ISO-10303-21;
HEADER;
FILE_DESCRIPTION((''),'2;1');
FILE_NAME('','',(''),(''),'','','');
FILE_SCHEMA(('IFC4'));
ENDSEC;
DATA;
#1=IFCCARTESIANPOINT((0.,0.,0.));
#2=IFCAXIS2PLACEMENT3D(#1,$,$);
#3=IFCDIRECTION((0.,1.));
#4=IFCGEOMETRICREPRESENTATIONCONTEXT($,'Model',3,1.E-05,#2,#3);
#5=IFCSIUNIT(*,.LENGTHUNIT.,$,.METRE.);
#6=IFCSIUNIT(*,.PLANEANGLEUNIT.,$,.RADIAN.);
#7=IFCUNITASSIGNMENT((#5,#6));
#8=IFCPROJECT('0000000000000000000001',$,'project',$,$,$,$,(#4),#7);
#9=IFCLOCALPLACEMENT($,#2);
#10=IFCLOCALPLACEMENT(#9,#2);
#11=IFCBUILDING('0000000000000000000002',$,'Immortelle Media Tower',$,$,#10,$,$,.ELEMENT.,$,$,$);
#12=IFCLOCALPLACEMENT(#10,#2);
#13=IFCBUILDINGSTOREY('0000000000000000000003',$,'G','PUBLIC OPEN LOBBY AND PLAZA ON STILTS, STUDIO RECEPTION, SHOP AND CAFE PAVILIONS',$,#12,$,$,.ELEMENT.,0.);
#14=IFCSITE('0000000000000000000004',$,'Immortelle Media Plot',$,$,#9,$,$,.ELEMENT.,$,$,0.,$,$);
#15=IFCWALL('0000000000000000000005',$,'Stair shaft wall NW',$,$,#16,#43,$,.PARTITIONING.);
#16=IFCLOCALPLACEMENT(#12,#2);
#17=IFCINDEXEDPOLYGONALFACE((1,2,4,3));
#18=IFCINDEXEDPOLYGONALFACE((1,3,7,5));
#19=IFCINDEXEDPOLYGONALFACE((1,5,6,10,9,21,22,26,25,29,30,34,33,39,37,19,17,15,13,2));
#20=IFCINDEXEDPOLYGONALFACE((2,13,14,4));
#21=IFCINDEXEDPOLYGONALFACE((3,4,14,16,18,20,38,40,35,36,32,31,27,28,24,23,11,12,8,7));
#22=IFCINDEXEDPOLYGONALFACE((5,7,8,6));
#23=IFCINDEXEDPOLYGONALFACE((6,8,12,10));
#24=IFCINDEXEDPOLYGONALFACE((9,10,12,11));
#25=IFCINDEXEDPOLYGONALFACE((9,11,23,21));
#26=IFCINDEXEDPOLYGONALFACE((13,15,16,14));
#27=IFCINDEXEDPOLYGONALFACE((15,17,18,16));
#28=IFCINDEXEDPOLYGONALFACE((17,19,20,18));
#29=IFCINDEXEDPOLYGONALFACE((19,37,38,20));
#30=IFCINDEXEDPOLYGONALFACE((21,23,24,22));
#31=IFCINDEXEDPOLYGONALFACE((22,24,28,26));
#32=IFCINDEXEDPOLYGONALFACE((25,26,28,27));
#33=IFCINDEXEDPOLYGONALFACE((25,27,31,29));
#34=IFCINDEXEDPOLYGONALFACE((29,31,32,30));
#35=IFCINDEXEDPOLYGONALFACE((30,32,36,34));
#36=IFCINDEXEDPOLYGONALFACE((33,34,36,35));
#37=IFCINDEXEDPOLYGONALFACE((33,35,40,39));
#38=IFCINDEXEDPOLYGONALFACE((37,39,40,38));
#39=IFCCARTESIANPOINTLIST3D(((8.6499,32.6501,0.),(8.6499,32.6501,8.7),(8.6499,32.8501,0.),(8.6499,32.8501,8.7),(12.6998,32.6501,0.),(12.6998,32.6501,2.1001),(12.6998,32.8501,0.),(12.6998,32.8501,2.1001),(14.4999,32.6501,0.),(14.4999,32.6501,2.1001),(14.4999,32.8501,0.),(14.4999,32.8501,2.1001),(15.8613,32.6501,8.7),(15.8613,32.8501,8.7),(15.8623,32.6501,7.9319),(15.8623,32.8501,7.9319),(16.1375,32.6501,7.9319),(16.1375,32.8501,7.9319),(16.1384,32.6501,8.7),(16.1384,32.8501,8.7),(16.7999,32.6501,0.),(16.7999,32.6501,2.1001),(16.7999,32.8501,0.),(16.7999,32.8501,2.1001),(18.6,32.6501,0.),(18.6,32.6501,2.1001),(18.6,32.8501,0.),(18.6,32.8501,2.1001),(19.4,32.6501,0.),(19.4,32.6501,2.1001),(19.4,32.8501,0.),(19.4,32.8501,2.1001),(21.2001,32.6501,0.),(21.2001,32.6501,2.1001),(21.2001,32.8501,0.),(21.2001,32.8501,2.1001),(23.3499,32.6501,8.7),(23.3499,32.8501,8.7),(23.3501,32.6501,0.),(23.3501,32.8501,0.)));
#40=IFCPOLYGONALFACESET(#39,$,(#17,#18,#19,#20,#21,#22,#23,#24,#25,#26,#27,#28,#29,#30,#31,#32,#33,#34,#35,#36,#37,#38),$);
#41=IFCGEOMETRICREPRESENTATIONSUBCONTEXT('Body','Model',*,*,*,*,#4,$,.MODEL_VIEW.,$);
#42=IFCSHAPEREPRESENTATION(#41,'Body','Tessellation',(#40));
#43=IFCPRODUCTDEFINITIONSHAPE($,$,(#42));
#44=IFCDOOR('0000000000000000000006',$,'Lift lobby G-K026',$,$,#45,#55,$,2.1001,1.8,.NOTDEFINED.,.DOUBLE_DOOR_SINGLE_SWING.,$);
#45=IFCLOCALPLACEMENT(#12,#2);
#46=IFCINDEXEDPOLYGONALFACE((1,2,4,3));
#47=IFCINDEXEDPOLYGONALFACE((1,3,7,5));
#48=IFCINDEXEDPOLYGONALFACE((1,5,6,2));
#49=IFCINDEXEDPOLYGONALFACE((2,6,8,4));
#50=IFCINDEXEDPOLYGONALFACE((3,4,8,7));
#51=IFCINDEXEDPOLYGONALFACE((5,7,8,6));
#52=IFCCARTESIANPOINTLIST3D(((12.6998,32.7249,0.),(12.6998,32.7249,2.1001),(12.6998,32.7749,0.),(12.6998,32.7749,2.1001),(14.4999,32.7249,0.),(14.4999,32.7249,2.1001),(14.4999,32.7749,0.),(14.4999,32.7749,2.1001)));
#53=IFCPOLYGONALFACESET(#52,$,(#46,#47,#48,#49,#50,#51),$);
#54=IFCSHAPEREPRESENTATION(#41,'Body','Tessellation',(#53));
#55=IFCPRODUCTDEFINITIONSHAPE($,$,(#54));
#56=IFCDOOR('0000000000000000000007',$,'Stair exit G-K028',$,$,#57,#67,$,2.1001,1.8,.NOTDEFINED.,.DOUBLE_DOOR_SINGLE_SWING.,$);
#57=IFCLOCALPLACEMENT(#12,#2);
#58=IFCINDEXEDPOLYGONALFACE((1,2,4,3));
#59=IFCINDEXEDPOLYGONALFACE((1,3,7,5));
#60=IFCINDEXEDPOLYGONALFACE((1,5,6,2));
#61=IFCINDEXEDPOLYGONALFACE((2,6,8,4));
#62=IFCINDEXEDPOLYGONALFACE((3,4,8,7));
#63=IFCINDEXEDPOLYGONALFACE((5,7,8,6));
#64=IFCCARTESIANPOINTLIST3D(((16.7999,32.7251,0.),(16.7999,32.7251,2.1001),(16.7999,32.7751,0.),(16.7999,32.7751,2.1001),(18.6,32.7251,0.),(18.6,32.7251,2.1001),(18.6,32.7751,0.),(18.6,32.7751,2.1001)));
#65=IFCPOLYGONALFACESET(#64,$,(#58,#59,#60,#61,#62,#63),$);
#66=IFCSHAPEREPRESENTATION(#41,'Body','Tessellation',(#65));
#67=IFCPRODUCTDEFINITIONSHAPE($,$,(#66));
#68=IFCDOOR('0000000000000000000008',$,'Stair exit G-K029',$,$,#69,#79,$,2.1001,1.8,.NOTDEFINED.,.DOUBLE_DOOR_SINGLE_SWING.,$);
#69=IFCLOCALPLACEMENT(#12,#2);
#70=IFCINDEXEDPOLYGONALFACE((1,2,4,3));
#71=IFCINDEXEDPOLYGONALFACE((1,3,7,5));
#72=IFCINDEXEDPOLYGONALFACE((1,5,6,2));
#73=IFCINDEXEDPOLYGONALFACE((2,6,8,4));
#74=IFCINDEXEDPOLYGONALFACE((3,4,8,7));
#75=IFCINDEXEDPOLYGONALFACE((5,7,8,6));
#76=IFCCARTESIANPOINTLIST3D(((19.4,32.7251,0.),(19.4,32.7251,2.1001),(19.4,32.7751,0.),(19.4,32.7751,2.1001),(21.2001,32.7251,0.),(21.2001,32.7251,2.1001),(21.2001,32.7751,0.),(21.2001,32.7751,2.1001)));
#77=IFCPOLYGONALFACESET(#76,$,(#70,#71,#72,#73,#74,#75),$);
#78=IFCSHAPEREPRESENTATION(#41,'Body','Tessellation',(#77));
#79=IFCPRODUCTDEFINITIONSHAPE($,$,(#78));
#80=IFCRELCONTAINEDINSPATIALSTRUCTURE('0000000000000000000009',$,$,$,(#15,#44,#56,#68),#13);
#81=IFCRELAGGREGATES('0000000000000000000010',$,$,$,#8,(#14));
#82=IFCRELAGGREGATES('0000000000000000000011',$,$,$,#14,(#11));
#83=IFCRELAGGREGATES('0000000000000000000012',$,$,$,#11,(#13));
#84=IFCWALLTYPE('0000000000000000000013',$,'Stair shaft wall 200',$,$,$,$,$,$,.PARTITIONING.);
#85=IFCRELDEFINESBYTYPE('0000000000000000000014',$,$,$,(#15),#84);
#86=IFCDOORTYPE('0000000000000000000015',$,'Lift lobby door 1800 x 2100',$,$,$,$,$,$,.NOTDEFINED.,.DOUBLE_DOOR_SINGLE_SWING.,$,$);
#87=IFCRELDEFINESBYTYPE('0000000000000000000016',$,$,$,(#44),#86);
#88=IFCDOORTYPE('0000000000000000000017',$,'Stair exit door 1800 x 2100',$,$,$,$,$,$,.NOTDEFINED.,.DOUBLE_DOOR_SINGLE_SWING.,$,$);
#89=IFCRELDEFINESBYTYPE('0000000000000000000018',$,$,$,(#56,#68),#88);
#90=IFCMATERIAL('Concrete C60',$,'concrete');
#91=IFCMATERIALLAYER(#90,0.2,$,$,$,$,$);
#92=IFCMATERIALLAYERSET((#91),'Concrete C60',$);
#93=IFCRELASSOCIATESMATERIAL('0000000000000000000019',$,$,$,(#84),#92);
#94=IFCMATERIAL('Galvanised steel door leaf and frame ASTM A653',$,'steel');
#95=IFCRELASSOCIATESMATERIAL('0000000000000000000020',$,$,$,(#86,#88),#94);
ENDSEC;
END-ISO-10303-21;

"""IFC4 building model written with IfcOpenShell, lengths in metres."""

from ifc_helpers import new_model, si_unit, direction, frame, frame_2d, origin, place, context, subcontext, project, spatial, polyline, rectangle, outline, extrude, material, layer, layer_set, type_object, element, fill, save


model = new_model("IFC4")

# Units and contexts
model_context = context("Model", 3, precision=1e-05, world=origin(), true_north=direction((0.0, 1.0)))
body_context = subcontext(model_context, "Body", "Model", "MODEL_VIEW")
ifc_project = project(units=[si_unit("LENGTHUNIT", "METRE"), si_unit("PLANEANGLEUNIT", "RADIAN")], contexts=[model_context])

# Site, building, storey
site_placement = place(None, origin())
site = spatial("IfcSite", under=ifc_project, at=site_placement, Name="Immortelle Media Plot", CompositionType="ELEMENT", RefElevation=0.0)
building_placement = place(site_placement, origin())
building = spatial("IfcBuilding", under=site, at=building_placement, Name="Immortelle Media Tower", CompositionType="ELEMENT")
storey_placement = place(building_placement, origin())
storey = spatial("IfcBuildingStorey", under=building, at=storey_placement, Name="G", Description="PUBLIC OPEN LOBBY AND PLAZA ON STILTS, STUDIO RECEPTION, SHOP AND CAFE PAVILIONS", CompositionType="ELEMENT", Elevation=0.0)

# Shared definitions
ifc_material_1 = material(Name="Galvanised steel door leaf and frame ASTM A653", Category="steel")

# Wall, openings, doors
ifc_material_2 = material(Name="Concrete C60", Category="concrete")
ifc_layer_1 = layer(ifc_material_2, 0.2)
ifc_layer_set_1 = layer_set([ifc_layer_1], Name="Concrete C60")
wall_type_1 = type_object("IfcWallType", Name="Stair shaft wall 200", PredefinedType="PARTITIONING", material=ifc_layer_set_1)
wall_1_placement = place(storey_placement, frame((8.6499, 32.75, 0.0), z_axis=(0.0, 0.0, 1.0), x_axis=(1.0, 0.0, 0.0)))
wall_1 = element("IfcWall", 1, at=wall_1_placement, inside=storey, type_object=wall_type_1, Name="Stair shaft wall NW", PredefinedType="PARTITIONING", context=body_context, shape_type="SweptSolid", body=[
    extrude(outline(polyline([(0.0, 0.0), (14.7002, 0.0), (14.7, 8.7), (7.4885, 8.7), (7.4875, 7.9319), (7.2124, 7.9319), (7.2114, 8.7), (0.0, 8.7), (0.0, 0.0)])), frame((0.0, 0.1001, 0.0), z_axis=(0.0, -1.0, 0.0), x_axis=(1.0, 0.0, 0.0)), (0.0, 0.0, 1.0), 0.2),
])
opening_1_placement = place(wall_1_placement, frame((4.05, 0.0, 0.0)))
opening_1 = element("IfcOpeningElement", 2, at=opening_1_placement, cuts=wall_1, PredefinedType="OPENING", context=body_context, shape_type="SweptSolid", body=[
    extrude(rectangle(XDim=1.8, YDim=2.1001, at=frame_2d((0.8999, 1.05))), frame((0.0, 0.1099, 0.0), z_axis=(0.0, -1.0, 0.0), x_axis=(1.0, 0.0, 0.0)), (0.0, 0.0, 1.0), 0.22),
])
opening_2_placement = place(wall_1_placement, frame((9.95, 0.0, 0.0), z_axis=(0.0, 0.0, 1.0), x_axis=(-1.0, 0.0, 0.0)))
opening_2 = element("IfcOpeningElement", 3, at=opening_2_placement, cuts=wall_1, PredefinedType="OPENING", context=body_context, shape_type="SweptSolid", body=[
    extrude(rectangle(XDim=1.8, YDim=2.1001, at=frame_2d((0.8999, 1.05))), frame((0.0, 0.1099, 0.0), z_axis=(0.0, -1.0, 0.0), x_axis=(1.0, 0.0, 0.0)), (0.0, 0.0, 1.0), 0.22),
])
opening_3_placement = place(wall_1_placement, frame((12.55, 0.0, 0.0), z_axis=(0.0, 0.0, 1.0), x_axis=(-1.0, 0.0, 0.0)))
opening_3 = element("IfcOpeningElement", 4, at=opening_3_placement, cuts=wall_1, PredefinedType="OPENING", context=body_context, shape_type="SweptSolid", body=[
    extrude(rectangle(XDim=1.8, YDim=2.1001, at=frame_2d((0.8999, 1.05))), frame((0.0, 0.1099, 0.0), z_axis=(0.0, -1.0, 0.0), x_axis=(1.0, 0.0, 0.0)), (0.0, 0.0, 1.0), 0.22),
])
door_type_1 = type_object("IfcDoorType", Name="Lift lobby door 1800 x 2100", OperationType="DOUBLE_DOOR_SINGLE_SWING", PredefinedType="NOTDEFINED", material=ifc_material_1)
door_1_placement = place(opening_1_placement, origin())
door_1 = element("IfcDoor", 5, at=door_1_placement, inside=storey, type_object=door_type_1, Name="Lift lobby G-K026", OperationType="DOUBLE_DOOR_SINGLE_SWING", OverallHeight=2.1001, OverallWidth=1.8, PredefinedType="NOTDEFINED", context=body_context, shape_type="SweptSolid", body=[
    extrude(rectangle(XDim=1.8, YDim=2.1001, at=frame_2d((0.8999, 1.05))), frame((0.0, 0.0249, 0.0), z_axis=(0.0, -1.0, 0.0), x_axis=(1.0, 0.0, 0.0)), (0.0, 0.0, 1.0), 0.05),
])
fill(opening_1, door_1)
door_type_2 = type_object("IfcDoorType", Name="Stair exit door 1800 x 2100", OperationType="DOUBLE_DOOR_SINGLE_SWING", PredefinedType="NOTDEFINED", material=ifc_material_1)
door_2_placement = place(opening_2_placement, origin())
door_2 = element("IfcDoor", 6, at=door_2_placement, inside=storey, type_object=door_type_2, Name="Stair exit G-K028", OperationType="DOUBLE_DOOR_SINGLE_SWING", OverallHeight=2.1001, OverallWidth=1.8, PredefinedType="NOTDEFINED", context=body_context, shape_type="SweptSolid", body=[
    extrude(rectangle(XDim=1.8, YDim=2.1001, at=frame_2d((0.8999, 1.05))), frame((0.0, 0.0249, 0.0), z_axis=(0.0, -1.0, 0.0), x_axis=(1.0, 0.0, 0.0)), (0.0, 0.0, 1.0), 0.05),
])
fill(opening_2, door_2)
door_3_placement = place(opening_3_placement, origin())
door_3 = element("IfcDoor", 7, at=door_3_placement, inside=storey, type_object=door_type_2, Name="Stair exit G-K029", OperationType="DOUBLE_DOOR_SINGLE_SWING", OverallHeight=2.1001, OverallWidth=1.8, PredefinedType="NOTDEFINED", context=body_context, shape_type="SweptSolid", body=[
    extrude(rectangle(XDim=1.8, YDim=2.1001, at=frame_2d((0.8999, 1.05))), frame((0.0, 0.0249, 0.0), z_axis=(0.0, -1.0, 0.0), x_axis=(1.0, 0.0, 0.0)), (0.0, 0.0, 1.0), 0.05),
])
fill(opening_3, door_3)

save(model, "model.ifc")
